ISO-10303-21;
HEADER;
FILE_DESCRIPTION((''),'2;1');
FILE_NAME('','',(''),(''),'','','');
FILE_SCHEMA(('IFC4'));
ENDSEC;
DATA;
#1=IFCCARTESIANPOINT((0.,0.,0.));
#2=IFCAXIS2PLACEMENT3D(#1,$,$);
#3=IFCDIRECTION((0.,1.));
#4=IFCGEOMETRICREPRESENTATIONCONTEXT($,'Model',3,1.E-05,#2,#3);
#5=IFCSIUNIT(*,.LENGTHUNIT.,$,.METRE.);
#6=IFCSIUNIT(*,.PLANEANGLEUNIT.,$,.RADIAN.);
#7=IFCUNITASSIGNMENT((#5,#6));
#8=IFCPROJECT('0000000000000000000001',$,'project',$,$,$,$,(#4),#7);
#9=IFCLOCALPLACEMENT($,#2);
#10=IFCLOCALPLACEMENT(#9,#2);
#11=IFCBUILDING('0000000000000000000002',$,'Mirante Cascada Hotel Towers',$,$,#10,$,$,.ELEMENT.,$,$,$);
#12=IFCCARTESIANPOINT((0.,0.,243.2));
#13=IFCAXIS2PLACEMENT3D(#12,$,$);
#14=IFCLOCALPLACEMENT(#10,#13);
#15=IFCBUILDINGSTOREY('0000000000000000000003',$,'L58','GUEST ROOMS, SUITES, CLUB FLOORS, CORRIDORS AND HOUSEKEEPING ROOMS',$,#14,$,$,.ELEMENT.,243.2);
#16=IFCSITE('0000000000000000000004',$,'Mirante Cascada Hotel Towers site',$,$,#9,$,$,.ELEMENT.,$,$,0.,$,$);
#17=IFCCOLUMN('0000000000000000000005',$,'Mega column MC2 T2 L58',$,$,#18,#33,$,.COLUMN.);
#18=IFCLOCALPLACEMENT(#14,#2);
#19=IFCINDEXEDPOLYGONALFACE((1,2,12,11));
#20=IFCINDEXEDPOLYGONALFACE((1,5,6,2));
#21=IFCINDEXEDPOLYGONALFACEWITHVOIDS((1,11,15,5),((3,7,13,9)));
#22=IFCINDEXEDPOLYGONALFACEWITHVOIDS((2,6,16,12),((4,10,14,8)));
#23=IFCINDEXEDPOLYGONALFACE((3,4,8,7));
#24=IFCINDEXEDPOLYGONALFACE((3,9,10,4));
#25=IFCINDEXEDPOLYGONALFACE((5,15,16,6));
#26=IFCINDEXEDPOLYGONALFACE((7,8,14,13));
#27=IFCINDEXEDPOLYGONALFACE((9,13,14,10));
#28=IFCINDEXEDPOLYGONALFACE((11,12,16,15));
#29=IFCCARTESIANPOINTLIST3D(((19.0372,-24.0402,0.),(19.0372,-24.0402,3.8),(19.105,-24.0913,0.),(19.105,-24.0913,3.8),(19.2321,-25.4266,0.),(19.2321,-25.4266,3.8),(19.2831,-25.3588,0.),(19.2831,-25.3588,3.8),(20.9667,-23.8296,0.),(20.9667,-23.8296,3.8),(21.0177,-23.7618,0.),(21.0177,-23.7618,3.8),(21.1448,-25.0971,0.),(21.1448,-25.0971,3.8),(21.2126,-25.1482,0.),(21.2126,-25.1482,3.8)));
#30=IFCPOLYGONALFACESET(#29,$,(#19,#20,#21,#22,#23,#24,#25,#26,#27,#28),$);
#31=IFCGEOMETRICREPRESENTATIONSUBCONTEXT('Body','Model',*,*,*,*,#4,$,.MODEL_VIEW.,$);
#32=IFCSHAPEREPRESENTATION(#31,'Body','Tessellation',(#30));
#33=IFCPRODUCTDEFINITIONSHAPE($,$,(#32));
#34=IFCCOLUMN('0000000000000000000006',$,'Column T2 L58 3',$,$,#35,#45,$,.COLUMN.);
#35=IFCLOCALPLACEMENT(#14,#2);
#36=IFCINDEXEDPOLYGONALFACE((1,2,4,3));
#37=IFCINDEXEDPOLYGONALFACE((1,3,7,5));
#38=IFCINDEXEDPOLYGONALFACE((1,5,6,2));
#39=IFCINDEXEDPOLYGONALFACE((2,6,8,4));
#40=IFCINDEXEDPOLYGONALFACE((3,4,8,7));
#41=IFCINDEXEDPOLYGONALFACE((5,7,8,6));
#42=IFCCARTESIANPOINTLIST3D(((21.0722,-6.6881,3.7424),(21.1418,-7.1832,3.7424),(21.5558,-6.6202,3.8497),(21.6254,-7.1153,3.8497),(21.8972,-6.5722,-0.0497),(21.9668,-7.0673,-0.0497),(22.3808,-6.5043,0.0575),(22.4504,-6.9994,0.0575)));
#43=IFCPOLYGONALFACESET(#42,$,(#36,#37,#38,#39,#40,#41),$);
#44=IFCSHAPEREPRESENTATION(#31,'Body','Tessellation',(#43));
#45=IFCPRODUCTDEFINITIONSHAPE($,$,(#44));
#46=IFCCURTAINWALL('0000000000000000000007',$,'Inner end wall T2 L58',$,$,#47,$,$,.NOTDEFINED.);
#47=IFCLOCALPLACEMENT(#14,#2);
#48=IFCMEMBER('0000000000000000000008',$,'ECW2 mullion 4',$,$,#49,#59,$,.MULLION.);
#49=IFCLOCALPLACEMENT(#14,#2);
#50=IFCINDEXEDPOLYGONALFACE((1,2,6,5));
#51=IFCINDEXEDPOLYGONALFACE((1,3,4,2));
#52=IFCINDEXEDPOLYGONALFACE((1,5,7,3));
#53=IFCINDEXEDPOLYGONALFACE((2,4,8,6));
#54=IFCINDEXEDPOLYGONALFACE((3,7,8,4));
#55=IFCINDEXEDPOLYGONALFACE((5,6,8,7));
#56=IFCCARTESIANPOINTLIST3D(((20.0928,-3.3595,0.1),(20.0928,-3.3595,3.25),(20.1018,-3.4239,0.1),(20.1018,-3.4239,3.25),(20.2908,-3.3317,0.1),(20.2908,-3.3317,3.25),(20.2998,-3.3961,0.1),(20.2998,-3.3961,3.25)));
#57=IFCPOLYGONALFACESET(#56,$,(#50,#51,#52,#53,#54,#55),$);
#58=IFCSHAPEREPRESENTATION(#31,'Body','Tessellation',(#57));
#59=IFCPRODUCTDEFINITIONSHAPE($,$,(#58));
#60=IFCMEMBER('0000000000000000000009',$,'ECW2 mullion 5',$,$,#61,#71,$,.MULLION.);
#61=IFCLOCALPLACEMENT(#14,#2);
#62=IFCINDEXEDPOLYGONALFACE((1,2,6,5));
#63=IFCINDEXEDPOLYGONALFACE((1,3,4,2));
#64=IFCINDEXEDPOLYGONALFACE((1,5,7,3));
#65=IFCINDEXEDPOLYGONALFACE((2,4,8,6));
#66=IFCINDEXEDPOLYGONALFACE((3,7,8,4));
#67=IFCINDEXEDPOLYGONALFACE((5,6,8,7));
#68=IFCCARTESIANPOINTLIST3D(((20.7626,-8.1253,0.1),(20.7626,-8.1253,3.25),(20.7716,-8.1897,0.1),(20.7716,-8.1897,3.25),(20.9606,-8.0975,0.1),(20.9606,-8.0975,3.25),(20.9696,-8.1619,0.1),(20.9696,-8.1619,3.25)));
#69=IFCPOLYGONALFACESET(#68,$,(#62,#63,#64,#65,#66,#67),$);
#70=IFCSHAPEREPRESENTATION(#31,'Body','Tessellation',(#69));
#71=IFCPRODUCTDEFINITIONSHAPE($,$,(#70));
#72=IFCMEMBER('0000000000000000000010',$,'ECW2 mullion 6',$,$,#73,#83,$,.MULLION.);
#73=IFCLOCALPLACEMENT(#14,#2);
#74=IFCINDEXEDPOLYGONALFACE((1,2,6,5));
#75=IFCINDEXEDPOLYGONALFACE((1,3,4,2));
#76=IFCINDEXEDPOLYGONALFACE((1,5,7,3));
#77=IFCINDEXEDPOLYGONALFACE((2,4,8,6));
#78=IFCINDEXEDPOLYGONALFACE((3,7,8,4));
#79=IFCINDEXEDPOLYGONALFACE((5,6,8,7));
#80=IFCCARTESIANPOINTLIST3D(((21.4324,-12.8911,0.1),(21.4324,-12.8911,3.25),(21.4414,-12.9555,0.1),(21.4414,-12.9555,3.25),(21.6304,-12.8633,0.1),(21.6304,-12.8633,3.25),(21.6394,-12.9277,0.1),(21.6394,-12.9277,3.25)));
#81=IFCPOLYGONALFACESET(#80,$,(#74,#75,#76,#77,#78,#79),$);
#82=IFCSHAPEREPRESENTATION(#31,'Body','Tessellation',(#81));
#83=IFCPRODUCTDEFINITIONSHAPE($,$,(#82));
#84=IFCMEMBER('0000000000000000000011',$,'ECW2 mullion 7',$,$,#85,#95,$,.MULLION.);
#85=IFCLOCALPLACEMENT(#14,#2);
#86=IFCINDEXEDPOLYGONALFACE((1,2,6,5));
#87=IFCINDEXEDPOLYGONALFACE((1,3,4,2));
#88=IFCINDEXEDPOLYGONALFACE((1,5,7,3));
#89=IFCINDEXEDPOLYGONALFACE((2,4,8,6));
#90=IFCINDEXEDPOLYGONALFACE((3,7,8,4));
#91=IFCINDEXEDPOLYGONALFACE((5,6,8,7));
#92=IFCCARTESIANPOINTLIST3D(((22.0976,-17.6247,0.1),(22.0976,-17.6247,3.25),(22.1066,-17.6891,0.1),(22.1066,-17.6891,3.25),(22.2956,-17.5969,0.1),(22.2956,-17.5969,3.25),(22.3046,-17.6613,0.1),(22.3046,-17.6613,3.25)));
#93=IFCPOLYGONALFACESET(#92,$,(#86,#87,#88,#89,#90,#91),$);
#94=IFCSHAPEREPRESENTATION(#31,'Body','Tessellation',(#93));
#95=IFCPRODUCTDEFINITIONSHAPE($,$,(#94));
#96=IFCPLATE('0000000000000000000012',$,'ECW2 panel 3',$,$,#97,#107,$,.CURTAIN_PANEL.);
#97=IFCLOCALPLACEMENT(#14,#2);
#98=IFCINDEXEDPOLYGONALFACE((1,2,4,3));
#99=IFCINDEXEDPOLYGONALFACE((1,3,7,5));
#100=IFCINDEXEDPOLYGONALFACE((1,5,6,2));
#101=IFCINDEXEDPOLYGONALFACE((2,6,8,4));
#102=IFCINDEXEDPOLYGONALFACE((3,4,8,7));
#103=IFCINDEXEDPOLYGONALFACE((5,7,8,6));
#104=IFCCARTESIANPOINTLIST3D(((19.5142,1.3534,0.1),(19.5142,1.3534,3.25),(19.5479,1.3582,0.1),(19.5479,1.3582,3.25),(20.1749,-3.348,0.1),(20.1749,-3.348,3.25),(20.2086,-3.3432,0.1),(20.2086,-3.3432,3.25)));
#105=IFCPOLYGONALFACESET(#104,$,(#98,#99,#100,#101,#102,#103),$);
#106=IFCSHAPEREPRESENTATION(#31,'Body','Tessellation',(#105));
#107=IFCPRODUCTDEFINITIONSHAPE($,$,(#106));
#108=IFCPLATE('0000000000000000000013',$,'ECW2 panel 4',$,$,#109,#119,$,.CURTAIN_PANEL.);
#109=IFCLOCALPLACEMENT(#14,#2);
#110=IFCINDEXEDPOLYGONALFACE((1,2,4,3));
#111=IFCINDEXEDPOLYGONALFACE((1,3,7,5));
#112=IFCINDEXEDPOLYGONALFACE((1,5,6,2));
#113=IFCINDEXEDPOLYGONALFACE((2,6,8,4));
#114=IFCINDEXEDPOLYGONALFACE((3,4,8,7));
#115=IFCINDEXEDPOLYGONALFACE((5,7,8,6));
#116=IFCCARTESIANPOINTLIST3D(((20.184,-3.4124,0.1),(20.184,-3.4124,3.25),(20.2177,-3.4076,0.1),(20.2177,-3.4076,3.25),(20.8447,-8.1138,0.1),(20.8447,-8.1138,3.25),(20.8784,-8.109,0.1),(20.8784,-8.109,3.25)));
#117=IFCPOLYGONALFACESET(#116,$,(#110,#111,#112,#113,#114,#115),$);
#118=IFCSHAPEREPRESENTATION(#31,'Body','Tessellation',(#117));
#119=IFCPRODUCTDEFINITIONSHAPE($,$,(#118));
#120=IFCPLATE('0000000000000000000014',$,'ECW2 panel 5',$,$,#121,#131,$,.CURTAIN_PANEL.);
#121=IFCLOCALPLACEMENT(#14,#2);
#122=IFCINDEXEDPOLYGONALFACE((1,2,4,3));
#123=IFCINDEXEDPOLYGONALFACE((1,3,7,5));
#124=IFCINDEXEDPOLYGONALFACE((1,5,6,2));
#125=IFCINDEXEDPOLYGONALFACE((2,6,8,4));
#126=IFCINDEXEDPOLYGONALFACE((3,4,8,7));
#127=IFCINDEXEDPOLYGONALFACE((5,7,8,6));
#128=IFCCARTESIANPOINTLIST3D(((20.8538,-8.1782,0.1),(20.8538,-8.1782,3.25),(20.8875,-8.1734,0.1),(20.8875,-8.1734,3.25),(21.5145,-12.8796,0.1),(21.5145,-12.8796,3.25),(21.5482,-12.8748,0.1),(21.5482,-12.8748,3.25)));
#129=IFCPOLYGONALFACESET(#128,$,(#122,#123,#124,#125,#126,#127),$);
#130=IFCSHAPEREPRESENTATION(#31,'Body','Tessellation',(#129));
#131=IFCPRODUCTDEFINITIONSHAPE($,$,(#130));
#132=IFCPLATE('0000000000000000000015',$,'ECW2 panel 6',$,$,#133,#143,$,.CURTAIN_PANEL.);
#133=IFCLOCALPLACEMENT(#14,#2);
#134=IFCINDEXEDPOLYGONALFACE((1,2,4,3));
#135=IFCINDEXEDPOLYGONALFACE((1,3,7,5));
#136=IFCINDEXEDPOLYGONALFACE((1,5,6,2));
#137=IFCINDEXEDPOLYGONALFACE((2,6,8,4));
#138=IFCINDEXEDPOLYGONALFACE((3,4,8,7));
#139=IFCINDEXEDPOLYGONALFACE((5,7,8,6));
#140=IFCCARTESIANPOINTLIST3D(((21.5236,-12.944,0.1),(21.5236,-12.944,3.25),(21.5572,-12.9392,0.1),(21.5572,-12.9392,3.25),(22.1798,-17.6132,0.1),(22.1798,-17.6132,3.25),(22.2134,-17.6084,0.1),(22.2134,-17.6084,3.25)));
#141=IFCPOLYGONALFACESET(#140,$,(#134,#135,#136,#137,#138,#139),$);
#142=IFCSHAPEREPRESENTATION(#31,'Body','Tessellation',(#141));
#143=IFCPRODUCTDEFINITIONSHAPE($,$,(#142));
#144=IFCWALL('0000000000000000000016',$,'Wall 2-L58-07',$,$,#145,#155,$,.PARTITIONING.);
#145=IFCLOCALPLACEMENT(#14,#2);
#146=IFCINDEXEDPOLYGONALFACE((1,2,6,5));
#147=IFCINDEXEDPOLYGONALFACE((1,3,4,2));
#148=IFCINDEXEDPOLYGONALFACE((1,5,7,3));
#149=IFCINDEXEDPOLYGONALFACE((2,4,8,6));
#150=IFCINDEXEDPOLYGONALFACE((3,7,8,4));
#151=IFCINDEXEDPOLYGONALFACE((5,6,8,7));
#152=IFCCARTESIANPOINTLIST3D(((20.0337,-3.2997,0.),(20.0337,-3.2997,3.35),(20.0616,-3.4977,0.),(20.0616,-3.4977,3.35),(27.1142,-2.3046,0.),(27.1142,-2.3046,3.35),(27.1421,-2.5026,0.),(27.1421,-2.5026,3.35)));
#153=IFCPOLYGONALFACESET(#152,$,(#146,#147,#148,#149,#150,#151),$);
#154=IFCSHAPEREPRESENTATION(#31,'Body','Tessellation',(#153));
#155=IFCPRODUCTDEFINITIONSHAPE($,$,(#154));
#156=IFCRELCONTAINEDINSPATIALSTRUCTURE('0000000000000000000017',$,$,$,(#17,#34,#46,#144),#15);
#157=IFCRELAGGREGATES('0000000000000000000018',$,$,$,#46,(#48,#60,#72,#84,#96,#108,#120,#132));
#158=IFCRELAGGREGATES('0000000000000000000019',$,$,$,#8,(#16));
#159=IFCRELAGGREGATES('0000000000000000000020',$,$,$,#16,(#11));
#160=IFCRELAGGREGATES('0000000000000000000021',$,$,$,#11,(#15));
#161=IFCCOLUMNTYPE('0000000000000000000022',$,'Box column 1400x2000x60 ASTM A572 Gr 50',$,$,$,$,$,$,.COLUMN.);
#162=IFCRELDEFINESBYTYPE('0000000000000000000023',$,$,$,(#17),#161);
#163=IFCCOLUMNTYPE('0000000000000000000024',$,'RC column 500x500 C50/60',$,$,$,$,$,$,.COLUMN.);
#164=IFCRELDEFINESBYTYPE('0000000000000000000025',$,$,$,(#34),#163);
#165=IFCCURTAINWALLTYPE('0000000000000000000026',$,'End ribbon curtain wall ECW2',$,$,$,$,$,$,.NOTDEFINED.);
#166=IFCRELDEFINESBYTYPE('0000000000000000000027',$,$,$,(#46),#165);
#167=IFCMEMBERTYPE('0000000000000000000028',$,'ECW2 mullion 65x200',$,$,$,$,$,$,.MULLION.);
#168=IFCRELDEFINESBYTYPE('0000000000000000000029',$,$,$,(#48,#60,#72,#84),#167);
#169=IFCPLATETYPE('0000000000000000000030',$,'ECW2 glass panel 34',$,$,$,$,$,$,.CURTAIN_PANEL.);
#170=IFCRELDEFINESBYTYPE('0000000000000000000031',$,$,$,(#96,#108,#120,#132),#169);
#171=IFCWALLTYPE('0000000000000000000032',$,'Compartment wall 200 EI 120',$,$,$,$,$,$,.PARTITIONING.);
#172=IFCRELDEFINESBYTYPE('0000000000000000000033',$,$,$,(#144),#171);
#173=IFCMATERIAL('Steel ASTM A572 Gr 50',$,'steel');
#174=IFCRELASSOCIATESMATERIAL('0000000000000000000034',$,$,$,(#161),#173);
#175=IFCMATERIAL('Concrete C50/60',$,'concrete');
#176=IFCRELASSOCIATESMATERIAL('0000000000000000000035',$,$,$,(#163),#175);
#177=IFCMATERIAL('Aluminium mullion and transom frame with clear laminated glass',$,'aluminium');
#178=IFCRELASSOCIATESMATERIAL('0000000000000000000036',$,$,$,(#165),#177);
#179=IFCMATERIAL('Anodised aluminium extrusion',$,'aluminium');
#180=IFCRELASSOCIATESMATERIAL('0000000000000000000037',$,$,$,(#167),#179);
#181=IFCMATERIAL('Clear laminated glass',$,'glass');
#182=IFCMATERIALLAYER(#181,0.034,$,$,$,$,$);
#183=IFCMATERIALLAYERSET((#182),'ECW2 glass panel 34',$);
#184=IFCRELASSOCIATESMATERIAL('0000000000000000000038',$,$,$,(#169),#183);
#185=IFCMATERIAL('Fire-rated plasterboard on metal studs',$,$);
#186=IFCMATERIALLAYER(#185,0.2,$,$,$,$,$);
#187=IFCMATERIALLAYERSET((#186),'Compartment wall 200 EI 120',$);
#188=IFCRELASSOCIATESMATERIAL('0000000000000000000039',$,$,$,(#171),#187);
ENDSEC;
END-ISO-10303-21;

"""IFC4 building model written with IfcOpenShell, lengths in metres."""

from ifc_helpers import new_model, si_unit, direction, frame, frame_2d, origin, origin_2d, place, context, subcontext, project, spatial, rectangle, hollow_rectangle, extrude, material, layer, layer_set, material_profile, profile_set, type_object, element, aggregate, save


model = new_model("IFC4")

# Units and contexts
model_context = context("Model", 3, precision=1e-05, world=origin(), true_north=direction((0.0, 1.0)))
body_context = subcontext(model_context, "Body", "Model", "MODEL_VIEW")
ifc_project = project(units=[si_unit("LENGTHUNIT", "METRE"), si_unit("PLANEANGLEUNIT", "RADIAN")], contexts=[model_context])

# Site, building, storey
site_placement = place(None, origin())
site = spatial("IfcSite", under=ifc_project, at=site_placement, Name="Mirante Cascada Hotel Towers site", CompositionType="ELEMENT", RefElevation=0.0)
building_placement = place(site_placement, origin())
building = spatial("IfcBuilding", under=site, at=building_placement, Name="Mirante Cascada Hotel Towers", CompositionType="ELEMENT")
storey_placement = place(building_placement, frame((0.0, 0.0, 243.2)))
storey = spatial("IfcBuildingStorey", under=building, at=storey_placement, Name="L58", Description="GUEST ROOMS, SUITES, CLUB FLOORS, CORRIDORS AND HOUSEKEEPING ROOMS", CompositionType="ELEMENT", Elevation=243.2)

# Columns
ifc_material_1 = material(Name="Steel ASTM A572 Gr 50", Category="steel")
ifc_material_profile_1 = material_profile(ifc_material_1, hollow_rectangle(XDim=2.0, YDim=1.4, WallThickness=0.06, at=origin_2d()), Name="Box column 1400x2000x60 ASTM A572 Gr 50")
ifc_profile_set_1 = profile_set([ifc_material_profile_1], Name="Steel ASTM A572 Gr 50")
column_type_1 = type_object("IfcColumnType", Name="Box column 1400x2000x60 ASTM A572 Gr 50", PredefinedType="COLUMN", material=ifc_profile_set_1)
column_1_placement = place(storey_placement, frame((20.1249, -24.5942, 0.0), z_axis=(0.0, 0.0, 1.0), x_axis=(0.990268, 0.139173, 0.0)))
element("IfcColumn", 1, at=column_1_placement, inside=storey, type_object=column_type_1, Name="Mega column MC2 T2 L58", PredefinedType="COLUMN", context=body_context, shape_type="SweptSolid", body=[
    extrude(hollow_rectangle(XDim=2.0, YDim=1.4, WallThickness=0.06, at=origin_2d()), origin(), (0.0, 0.0, 1.0), 3.8),
])
ifc_material_2 = material(Name="Concrete C50/60", Category="concrete")
ifc_material_profile_2 = material_profile(ifc_material_2, rectangle(XDim=0.5, YDim=0.5, at=origin_2d()), Name="RC column 500x500 C50/60")
ifc_profile_set_2 = profile_set([ifc_material_profile_2], Name="Concrete C50/60")
column_type_2 = type_object("IfcColumnType", Name="RC column 500x500 C50/60", PredefinedType="COLUMN", material=ifc_profile_set_2)
column_2_placement = place(storey_placement, frame((22.1738, -6.7858, 0.0039), z_axis=(-0.212485, -0.029851, 0.976708), x_axis=(0.139119, -0.990276, 0.0)))
element("IfcColumn", 2, at=column_2_placement, inside=storey, type_object=column_type_2, Name="Column T2 L58 3", PredefinedType="COLUMN", context=body_context, shape_type="SweptSolid", body=[
    extrude(rectangle(XDim=0.5, YDim=0.5, at=origin_2d()), origin(), (0.0, 0.0, 1.0), 3.8826),
])

# Curtain wall, members, plates
ifc_material_3 = material(Name="Aluminium mullion and transom frame with clear laminated glass", Category="aluminium")
curtain_wall_type = type_object("IfcCurtainWallType", Name="End ribbon curtain wall ECW2", PredefinedType="NOTDEFINED", material=ifc_material_3)
curtain_wall_placement = place(storey_placement, origin())
curtain_wall = element("IfcCurtainWall", 3, at=curtain_wall_placement, inside=storey, type_object=curtain_wall_type, Name="Inner end wall T2 L58", PredefinedType="NOTDEFINED")
ifc_material_4 = material(Name="Anodised aluminium extrusion", Category="aluminium")
ifc_material_profile_3 = material_profile(ifc_material_4, rectangle(XDim=0.2, YDim=0.065, at=origin_2d()), Name="ECW2 MULLION 65x200")
ifc_profile_set_3 = profile_set([ifc_material_profile_3], Name="Anodised aluminium extrusion")
member_type = type_object("IfcMemberType", Name="ECW2 mullion 65x200", PredefinedType="MULLION", material=ifc_profile_set_3)
member_1_placement = place(storey_placement, frame((20.1963, -3.3778, 0.1), z_axis=(0.0, 0.0, 1.0), x_axis=(0.990268, 0.139173, 0.0)))
member_1 = element("IfcMember", 4, at=member_1_placement, type_object=member_type, Name="ECW2 mullion 4", PredefinedType="MULLION", context=body_context, shape_type="SweptSolid", body=[
    extrude(rectangle(XDim=0.2, YDim=0.065, at=origin_2d()), origin(), (0.0, 0.0, 1.0), 3.15),
])
member_2_placement = place(storey_placement, frame((20.8661, -8.1436, 0.1), z_axis=(0.0, 0.0, 1.0), x_axis=(0.990268, 0.139173, 0.0)))
member_2 = element("IfcMember", 5, at=member_2_placement, type_object=member_type, Name="ECW2 mullion 5", PredefinedType="MULLION", context=body_context, shape_type="SweptSolid", body=[
    extrude(rectangle(XDim=0.2, YDim=0.065, at=origin_2d()), origin(), (0.0, 0.0, 1.0), 3.15),
])
member_3_placement = place(storey_placement, frame((21.5359, -12.9094, 0.1), z_axis=(0.0, 0.0, 1.0), x_axis=(0.990268, 0.139173, 0.0)))
member_3 = element("IfcMember", 6, at=member_3_placement, type_object=member_type, Name="ECW2 mullion 6", PredefinedType="MULLION", context=body_context, shape_type="SweptSolid", body=[
    extrude(rectangle(XDim=0.2, YDim=0.065, at=origin_2d()), origin(), (0.0, 0.0, 1.0), 3.15),
])
member_4_placement = place(storey_placement, frame((22.2011, -17.643, 0.1), z_axis=(0.0, 0.0, 1.0), x_axis=(0.990268, 0.139173, 0.0)))
member_4 = element("IfcMember", 7, at=member_4_placement, type_object=member_type, Name="ECW2 mullion 7", PredefinedType="MULLION", context=body_context, shape_type="SweptSolid", body=[
    extrude(rectangle(XDim=0.2, YDim=0.065, at=origin_2d()), origin(), (0.0, 0.0, 1.0), 3.15),
])
ifc_material_5 = material(Name="Clear laminated glass", Category="glass")
ifc_layer_1 = layer(ifc_material_5, 0.034)
ifc_layer_set_1 = layer_set([ifc_layer_1], Name="ECW2 glass panel 34")
plate_type = type_object("IfcPlateType", Name="ECW2 glass panel 34", PredefinedType="CURTAIN_PANEL", material=ifc_layer_set_1)
plate_1_placement = place(storey_placement, frame((19.8614, -0.9949, 0.1), z_axis=(0.0, 0.0, 1.0), x_axis=(0.139173, -0.990268, 0.0)))
plate_1 = element("IfcPlate", 8, at=plate_1_placement, type_object=plate_type, Name="ECW2 panel 3", PredefinedType="CURTAIN_PANEL", context=body_context, shape_type="SweptSolid", body=[
    extrude(rectangle(XDim=4.7476, YDim=0.034, at=origin_2d()), origin(), (0.0, 0.0, 1.0), 3.15),
])
plate_2_placement = place(storey_placement, frame((20.5312, -5.7607, 0.1), z_axis=(0.0, 0.0, 1.0), x_axis=(0.139173, -0.990268, 0.0)))
plate_2 = element("IfcPlate", 9, at=plate_2_placement, type_object=plate_type, Name="ECW2 panel 4", PredefinedType="CURTAIN_PANEL", context=body_context, shape_type="SweptSolid", body=[
    extrude(rectangle(XDim=4.7476, YDim=0.034, at=origin_2d()), origin(), (0.0, 0.0, 1.0), 3.15),
])
plate_3_placement = place(storey_placement, frame((21.201, -10.5265, 0.1), z_axis=(0.0, 0.0, 1.0), x_axis=(0.139173, -0.990268, 0.0)))
plate_3 = element("IfcPlate", 10, at=plate_3_placement, type_object=plate_type, Name="ECW2 panel 5", PredefinedType="CURTAIN_PANEL", context=body_context, shape_type="SweptSolid", body=[
    extrude(rectangle(XDim=4.7476, YDim=0.034, at=origin_2d()), origin(), (0.0, 0.0, 1.0), 3.15),
])
plate_4_placement = place(storey_placement, frame((21.8685, -15.2762, 0.1), z_axis=(0.0, 0.0, 1.0), x_axis=(0.139173, -0.990268, 0.0)))
plate_4 = element("IfcPlate", 11, at=plate_4_placement, type_object=plate_type, Name="ECW2 panel 6", PredefinedType="CURTAIN_PANEL", context=body_context, shape_type="SweptSolid", body=[
    extrude(rectangle(XDim=4.7151, YDim=0.034, at=origin_2d()), origin(), (0.0, 0.0, 1.0), 3.15),
])
aggregate(curtain_wall, [member_1, member_2, member_3, member_4, plate_1, plate_2, plate_3, plate_4])

# Wall
ifc_material_6 = material(Name="Fire-rated plasterboard on metal studs")
ifc_layer_2 = layer(ifc_material_6, 0.2)
ifc_layer_set_2 = layer_set([ifc_layer_2], Name="Compartment wall 200 EI 120")
wall_type_1 = type_object("IfcWallType", Name="Compartment wall 200 EI 120", PredefinedType="PARTITIONING", material=ifc_layer_set_2)
wall_1_placement = place(storey_placement, frame((20.0477, -3.3987, 0.0), z_axis=(0.0, 0.0, 1.0), x_axis=(0.990268, 0.139173, 0.0)))
element("IfcWall", 12, at=wall_1_placement, inside=storey, type_object=wall_type_1, Name="Wall 2-L58-07", PredefinedType="PARTITIONING", context=body_context, shape_type="SweptSolid", body=[
    extrude(rectangle(XDim=7.1501, YDim=0.2, at=frame_2d((3.575, 0.0))), origin(), (0.0, 0.0, 1.0), 3.35),
])

save(model, "model.ifc")
